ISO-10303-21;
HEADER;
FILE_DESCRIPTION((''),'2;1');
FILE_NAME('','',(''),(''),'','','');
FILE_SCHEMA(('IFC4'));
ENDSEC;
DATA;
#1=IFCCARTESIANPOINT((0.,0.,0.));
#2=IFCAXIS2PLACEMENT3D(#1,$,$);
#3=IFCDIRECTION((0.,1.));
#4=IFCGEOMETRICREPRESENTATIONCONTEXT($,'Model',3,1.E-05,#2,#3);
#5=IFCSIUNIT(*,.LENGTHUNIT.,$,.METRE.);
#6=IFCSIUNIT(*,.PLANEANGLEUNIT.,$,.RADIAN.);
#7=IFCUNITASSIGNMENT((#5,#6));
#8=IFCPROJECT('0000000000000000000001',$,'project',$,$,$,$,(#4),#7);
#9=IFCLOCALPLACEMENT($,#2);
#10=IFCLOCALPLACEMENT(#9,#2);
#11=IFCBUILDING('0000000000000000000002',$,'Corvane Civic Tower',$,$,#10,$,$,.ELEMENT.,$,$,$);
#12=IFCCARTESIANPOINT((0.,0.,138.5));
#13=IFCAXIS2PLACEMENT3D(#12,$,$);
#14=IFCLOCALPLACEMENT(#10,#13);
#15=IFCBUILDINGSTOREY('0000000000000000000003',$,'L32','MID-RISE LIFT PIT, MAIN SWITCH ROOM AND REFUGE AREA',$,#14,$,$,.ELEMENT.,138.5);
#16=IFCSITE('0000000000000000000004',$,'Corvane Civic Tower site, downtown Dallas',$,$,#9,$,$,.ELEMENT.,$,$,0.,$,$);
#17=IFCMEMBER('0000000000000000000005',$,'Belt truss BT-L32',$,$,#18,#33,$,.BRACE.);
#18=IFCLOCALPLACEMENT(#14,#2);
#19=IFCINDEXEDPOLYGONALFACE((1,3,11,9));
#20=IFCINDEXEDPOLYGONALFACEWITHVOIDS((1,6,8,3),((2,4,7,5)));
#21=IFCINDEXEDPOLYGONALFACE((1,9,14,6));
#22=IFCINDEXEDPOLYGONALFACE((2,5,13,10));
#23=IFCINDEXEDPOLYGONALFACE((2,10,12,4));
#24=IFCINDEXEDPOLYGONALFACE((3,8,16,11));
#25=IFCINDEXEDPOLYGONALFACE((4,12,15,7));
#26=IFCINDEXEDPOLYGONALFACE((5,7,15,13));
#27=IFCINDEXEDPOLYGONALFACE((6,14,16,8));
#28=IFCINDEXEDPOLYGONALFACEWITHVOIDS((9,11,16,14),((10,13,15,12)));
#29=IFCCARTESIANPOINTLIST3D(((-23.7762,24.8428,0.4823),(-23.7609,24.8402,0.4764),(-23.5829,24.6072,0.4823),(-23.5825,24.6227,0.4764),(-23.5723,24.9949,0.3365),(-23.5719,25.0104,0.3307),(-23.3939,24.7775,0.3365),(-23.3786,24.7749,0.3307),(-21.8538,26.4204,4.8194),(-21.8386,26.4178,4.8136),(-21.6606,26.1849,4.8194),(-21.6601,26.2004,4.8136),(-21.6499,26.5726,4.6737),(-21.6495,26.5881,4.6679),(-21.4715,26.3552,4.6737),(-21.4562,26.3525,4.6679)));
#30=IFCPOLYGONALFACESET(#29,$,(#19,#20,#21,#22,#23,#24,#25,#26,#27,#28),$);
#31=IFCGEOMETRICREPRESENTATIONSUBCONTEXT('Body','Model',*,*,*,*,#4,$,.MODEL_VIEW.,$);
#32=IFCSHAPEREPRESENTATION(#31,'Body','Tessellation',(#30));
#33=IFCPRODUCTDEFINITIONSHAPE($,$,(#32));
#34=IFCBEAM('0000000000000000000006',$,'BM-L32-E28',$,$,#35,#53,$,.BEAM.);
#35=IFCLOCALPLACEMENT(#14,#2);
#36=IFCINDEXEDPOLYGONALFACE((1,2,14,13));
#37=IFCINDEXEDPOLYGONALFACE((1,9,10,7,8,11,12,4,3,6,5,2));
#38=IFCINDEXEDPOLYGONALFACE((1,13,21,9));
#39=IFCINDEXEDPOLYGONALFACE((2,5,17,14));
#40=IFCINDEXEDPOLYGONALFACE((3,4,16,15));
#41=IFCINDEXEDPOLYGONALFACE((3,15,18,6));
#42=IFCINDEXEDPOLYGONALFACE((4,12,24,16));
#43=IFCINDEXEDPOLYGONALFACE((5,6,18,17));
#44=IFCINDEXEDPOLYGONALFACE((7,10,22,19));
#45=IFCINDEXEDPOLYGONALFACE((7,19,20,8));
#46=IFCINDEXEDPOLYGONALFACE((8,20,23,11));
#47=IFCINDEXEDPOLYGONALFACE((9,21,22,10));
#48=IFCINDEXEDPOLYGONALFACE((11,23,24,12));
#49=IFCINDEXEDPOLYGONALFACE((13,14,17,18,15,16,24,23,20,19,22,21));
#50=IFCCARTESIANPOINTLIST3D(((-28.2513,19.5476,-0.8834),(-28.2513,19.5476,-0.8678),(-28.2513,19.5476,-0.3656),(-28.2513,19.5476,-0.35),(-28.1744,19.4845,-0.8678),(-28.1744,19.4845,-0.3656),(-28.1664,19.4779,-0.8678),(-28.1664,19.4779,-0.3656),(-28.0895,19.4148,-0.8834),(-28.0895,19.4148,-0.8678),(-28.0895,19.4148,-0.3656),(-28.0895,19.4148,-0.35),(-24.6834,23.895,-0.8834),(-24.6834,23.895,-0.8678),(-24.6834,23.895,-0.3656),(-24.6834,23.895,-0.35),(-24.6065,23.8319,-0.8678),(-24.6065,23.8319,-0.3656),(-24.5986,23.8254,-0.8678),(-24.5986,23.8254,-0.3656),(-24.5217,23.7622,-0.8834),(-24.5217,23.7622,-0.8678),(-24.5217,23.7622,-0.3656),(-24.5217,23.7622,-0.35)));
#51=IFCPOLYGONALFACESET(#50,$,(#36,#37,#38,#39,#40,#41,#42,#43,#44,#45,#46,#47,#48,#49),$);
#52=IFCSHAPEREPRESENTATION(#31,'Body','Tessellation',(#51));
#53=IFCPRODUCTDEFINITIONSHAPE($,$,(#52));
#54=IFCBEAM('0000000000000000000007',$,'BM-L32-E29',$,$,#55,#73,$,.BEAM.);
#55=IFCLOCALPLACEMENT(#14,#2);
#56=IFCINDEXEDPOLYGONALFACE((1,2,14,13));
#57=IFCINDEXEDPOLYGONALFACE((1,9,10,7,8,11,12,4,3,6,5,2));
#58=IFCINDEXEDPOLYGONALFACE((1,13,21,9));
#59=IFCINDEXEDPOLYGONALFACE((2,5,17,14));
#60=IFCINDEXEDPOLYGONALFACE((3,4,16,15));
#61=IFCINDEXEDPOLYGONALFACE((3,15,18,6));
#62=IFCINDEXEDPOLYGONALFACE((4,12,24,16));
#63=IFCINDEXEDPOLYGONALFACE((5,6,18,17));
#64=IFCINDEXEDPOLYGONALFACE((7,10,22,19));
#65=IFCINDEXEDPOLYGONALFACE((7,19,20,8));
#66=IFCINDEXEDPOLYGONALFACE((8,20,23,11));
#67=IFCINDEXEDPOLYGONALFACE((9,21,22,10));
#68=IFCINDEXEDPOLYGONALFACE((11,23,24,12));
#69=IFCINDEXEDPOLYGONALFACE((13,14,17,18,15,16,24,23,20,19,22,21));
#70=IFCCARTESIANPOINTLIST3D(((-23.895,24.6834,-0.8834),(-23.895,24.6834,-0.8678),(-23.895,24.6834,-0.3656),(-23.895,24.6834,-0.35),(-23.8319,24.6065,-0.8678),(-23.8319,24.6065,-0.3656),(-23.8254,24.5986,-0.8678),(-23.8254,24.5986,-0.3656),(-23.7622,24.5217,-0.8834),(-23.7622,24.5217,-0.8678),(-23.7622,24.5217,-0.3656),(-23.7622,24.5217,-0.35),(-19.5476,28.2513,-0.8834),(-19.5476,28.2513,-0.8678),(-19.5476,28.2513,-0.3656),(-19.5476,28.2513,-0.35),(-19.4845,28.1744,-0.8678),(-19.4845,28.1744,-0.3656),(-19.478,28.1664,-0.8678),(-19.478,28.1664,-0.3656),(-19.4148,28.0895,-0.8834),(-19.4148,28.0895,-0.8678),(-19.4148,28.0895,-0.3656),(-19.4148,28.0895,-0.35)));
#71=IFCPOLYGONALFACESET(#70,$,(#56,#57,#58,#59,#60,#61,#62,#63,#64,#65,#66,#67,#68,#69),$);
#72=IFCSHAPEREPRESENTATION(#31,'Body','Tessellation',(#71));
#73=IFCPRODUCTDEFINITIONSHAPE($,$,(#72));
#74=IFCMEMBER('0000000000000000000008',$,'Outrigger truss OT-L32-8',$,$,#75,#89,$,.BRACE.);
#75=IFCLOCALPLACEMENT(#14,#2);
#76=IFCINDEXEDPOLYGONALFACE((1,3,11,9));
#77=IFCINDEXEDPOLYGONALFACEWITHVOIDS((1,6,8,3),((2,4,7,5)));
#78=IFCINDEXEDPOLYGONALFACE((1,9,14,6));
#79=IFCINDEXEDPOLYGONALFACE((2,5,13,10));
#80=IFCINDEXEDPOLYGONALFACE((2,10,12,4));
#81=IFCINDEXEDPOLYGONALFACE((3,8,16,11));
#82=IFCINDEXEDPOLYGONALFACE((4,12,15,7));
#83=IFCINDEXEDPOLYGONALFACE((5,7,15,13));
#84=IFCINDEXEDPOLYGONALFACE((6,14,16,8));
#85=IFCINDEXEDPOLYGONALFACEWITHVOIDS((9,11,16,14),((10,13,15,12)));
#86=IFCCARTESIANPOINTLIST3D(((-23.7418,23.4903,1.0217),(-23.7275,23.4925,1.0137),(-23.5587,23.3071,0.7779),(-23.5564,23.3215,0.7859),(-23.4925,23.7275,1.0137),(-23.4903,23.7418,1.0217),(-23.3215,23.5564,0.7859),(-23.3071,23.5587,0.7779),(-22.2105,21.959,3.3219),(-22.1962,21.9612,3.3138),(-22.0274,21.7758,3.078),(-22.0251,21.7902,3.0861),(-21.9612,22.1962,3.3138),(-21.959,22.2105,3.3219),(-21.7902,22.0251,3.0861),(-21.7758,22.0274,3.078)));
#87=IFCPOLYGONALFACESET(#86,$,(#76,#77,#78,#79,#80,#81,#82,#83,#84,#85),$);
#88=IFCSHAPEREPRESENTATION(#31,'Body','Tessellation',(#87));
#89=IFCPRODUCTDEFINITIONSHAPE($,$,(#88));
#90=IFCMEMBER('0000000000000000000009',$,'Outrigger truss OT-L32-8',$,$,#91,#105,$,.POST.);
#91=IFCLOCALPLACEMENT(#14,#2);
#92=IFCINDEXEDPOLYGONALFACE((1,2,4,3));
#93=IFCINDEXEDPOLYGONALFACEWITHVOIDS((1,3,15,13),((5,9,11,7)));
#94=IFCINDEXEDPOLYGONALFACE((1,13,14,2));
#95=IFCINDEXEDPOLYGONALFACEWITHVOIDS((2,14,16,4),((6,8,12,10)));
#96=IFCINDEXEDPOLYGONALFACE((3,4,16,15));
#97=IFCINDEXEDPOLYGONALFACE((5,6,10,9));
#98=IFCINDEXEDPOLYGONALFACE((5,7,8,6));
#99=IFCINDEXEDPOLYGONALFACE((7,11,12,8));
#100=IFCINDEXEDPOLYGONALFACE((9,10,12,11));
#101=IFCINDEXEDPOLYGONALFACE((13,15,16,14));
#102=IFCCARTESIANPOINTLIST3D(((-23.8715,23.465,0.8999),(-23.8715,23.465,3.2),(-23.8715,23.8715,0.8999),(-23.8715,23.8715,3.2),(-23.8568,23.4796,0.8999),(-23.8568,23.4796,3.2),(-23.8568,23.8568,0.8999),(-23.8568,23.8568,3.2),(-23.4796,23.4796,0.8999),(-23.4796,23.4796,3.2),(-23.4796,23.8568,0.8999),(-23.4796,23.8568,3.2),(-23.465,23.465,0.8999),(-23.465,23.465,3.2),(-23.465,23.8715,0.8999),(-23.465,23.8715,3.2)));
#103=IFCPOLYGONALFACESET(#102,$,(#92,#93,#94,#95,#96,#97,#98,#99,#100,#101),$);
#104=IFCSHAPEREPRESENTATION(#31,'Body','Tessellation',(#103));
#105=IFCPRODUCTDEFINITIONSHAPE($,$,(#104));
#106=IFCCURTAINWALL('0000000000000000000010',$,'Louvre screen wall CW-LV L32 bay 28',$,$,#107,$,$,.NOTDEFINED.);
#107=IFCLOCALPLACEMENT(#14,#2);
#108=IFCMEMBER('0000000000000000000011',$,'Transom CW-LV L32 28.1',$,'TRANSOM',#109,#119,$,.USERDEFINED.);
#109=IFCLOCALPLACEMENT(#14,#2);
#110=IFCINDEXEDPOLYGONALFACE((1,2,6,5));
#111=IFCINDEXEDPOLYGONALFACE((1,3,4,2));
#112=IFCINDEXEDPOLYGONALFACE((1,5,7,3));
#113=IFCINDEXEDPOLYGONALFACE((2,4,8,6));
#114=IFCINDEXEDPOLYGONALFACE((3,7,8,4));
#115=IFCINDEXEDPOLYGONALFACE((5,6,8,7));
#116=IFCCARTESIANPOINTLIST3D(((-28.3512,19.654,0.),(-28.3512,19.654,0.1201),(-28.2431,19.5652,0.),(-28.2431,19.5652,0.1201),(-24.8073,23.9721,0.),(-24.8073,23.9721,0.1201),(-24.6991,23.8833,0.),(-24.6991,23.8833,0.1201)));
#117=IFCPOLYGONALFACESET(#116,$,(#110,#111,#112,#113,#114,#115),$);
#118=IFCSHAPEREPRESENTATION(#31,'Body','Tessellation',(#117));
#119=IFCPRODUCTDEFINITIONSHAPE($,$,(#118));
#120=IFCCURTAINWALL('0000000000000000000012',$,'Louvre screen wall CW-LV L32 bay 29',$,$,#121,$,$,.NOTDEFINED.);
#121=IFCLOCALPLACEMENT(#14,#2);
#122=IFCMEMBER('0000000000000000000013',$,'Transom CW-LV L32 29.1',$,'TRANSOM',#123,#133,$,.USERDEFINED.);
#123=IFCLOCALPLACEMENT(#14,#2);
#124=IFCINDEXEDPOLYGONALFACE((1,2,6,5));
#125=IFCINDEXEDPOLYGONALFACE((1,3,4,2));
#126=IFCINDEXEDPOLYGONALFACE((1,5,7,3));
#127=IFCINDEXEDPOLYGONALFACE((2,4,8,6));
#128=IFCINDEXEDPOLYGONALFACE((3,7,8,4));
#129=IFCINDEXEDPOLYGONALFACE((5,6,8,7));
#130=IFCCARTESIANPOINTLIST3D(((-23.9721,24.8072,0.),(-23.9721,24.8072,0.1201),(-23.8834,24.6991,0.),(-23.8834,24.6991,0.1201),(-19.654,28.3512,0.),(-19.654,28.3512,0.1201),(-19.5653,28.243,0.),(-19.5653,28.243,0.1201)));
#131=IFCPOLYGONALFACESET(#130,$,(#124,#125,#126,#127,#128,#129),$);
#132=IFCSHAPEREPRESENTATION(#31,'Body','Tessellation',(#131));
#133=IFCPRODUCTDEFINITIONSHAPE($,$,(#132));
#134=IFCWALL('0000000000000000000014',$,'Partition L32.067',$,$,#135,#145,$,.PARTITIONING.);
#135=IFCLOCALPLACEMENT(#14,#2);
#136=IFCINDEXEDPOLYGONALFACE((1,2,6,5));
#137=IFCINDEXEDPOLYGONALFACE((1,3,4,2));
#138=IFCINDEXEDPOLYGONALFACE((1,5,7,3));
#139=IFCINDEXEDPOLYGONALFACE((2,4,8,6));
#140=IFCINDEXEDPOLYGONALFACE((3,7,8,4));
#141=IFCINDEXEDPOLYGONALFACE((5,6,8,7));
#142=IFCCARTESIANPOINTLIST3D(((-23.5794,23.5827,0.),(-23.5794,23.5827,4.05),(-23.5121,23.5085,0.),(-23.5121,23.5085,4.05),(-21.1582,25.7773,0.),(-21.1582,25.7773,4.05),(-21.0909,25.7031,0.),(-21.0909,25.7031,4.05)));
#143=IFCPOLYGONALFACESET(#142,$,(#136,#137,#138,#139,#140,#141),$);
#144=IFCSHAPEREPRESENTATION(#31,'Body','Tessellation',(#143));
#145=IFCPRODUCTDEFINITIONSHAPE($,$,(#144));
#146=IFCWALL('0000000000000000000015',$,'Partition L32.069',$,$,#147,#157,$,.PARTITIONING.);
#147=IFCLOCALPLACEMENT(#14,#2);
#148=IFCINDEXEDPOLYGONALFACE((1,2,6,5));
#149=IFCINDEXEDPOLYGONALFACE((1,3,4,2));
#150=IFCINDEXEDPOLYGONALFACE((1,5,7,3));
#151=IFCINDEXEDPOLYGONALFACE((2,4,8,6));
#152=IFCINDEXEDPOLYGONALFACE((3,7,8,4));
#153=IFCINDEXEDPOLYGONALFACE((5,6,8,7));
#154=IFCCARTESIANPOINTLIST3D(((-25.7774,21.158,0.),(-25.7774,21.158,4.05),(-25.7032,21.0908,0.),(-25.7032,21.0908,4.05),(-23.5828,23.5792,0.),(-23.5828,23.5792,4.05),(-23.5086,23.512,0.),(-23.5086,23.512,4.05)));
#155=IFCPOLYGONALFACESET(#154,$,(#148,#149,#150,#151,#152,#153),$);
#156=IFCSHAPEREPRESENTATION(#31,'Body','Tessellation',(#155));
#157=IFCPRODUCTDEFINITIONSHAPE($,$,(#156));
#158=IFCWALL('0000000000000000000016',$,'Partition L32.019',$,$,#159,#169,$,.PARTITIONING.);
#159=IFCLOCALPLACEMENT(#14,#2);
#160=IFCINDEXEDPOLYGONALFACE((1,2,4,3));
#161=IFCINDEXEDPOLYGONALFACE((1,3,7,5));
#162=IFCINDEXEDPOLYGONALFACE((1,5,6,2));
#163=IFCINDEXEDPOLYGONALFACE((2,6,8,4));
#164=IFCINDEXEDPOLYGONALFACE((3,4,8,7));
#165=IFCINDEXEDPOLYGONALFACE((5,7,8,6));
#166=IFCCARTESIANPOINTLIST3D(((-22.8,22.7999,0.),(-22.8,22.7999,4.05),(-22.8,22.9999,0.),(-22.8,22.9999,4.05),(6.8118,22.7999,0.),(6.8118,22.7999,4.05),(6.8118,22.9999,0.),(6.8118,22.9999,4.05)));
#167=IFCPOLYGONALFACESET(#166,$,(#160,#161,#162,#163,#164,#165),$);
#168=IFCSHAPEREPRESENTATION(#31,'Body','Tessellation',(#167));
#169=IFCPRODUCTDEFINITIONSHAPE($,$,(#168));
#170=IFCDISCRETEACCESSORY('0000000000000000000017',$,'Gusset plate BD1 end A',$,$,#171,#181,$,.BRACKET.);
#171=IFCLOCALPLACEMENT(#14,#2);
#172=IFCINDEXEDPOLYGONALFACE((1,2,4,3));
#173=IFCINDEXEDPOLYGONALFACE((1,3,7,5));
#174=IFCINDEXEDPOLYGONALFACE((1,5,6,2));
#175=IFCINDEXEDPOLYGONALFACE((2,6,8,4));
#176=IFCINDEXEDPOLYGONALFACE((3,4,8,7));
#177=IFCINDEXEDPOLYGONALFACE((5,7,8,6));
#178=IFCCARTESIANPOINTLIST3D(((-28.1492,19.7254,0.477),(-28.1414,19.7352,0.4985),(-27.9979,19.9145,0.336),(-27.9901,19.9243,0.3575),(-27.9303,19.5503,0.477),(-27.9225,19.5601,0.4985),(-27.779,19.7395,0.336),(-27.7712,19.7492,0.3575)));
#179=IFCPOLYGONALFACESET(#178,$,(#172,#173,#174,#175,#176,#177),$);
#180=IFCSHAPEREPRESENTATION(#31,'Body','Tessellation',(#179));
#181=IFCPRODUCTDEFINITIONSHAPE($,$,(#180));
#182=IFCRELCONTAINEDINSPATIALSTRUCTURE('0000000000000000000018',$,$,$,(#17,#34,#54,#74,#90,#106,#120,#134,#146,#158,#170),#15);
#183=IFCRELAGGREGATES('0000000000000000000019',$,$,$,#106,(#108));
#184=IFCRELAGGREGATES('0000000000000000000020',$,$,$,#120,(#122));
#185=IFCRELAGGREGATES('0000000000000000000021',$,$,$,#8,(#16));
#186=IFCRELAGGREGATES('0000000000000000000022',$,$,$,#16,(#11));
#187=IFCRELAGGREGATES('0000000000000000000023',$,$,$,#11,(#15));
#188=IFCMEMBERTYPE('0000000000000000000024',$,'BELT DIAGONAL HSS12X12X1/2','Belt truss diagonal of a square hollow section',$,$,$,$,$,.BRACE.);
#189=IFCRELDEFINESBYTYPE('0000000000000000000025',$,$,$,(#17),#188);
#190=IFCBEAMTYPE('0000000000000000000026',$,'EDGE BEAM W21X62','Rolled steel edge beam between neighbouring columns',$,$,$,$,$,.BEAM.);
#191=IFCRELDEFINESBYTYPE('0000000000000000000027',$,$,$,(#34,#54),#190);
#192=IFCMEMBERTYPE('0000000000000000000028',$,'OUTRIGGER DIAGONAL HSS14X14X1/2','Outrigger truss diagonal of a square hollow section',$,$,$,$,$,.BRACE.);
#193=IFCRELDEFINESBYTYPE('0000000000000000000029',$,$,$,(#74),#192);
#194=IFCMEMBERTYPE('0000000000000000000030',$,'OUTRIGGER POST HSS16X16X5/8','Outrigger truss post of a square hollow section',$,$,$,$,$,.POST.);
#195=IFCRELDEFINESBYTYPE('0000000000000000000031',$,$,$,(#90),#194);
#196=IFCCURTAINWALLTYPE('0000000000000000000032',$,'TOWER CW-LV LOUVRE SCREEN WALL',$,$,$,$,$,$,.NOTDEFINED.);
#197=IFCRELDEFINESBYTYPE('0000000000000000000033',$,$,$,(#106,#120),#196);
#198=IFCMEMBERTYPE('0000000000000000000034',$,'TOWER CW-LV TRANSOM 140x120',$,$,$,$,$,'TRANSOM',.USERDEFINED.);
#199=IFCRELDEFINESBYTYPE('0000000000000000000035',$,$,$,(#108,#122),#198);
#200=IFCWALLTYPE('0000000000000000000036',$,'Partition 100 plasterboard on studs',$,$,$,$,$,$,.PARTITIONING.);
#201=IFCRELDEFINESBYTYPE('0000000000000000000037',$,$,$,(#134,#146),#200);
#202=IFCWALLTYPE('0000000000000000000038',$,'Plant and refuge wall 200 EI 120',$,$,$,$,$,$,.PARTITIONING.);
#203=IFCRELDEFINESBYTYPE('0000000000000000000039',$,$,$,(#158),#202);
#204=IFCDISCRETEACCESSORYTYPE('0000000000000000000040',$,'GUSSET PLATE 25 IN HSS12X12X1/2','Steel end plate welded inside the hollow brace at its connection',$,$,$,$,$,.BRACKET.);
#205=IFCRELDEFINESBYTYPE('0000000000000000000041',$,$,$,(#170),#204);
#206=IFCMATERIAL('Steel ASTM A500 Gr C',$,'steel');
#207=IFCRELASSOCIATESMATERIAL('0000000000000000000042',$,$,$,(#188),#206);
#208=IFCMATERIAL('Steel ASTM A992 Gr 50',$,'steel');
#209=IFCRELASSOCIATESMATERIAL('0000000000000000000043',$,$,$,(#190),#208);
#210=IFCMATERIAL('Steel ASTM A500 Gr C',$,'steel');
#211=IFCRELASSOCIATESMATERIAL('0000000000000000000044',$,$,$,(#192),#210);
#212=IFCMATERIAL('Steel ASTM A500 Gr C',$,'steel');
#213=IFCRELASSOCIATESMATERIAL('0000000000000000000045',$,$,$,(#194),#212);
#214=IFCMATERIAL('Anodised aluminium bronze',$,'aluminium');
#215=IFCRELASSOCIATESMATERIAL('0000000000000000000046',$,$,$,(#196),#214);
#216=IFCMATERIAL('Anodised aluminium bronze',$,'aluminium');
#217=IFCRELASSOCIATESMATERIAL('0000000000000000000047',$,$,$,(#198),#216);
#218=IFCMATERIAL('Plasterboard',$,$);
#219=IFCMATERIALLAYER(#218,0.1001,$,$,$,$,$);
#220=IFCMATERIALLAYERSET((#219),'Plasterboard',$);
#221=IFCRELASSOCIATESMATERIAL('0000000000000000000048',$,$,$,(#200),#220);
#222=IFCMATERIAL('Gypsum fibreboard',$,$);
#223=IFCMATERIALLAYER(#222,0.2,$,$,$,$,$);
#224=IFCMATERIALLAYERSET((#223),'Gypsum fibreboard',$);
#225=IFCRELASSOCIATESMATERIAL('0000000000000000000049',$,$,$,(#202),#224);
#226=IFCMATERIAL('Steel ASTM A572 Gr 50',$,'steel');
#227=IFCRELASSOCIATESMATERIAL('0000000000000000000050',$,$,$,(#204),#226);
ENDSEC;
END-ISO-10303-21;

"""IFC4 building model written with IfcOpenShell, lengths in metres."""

from ifc_helpers import new_model, si_unit, direction, frame, frame_2d, origin, origin_2d, place, context, subcontext, project, spatial, rectangle, hollow_rectangle, i_section, extrude, material, layer, layer_set, material_profile, profile_set, type_object, element, aggregate, save


model = new_model("IFC4")

# Units and contexts
model_context = context("Model", 3, precision=1e-05, world=origin(), true_north=direction((0.0, 1.0)))
body_context = subcontext(model_context, "Body", "Model", "MODEL_VIEW")
ifc_project = project(units=[si_unit("LENGTHUNIT", "METRE"), si_unit("PLANEANGLEUNIT", "RADIAN")], contexts=[model_context])

# Site, building, storey
site_placement = place(None, origin())
site = spatial("IfcSite", under=ifc_project, at=site_placement, Name="Corvane Civic Tower site, downtown Dallas", CompositionType="ELEMENT", RefElevation=0.0)
building_placement = place(site_placement, origin())
building = spatial("IfcBuilding", under=site, at=building_placement, Name="Corvane Civic Tower", CompositionType="ELEMENT")
storey_placement = place(building_placement, frame((0.0, 0.0, 138.5)))
storey = spatial("IfcBuildingStorey", under=building, at=storey_placement, Name="L32", Description="MID-RISE LIFT PIT, MAIN SWITCH ROOM AND REFUGE AREA", CompositionType="ELEMENT", Elevation=138.5)

# Member
ifc_material_1 = material(Name="Steel ASTM A500 Gr C", Category="steel")
ifc_material_profile_1 = material_profile(ifc_material_1, hollow_rectangle(XDim=0.3047, YDim=0.3047, WallThickness=0.0117, at=origin_2d()), Name="HSS12X12X1/2")
ifc_profile_set_1 = profile_set([ifc_material_profile_1], Name="Steel ASTM A500 Gr C")
member_type_1 = type_object("IfcMemberType", Name="BELT DIAGONAL HSS12X12X1/2", Description="Belt truss diagonal of a square hollow section", PredefinedType="BRACE", material=ifc_profile_set_1)
for number, where, z_axis, x_axis, name in (
    (1, (-23.5774, 24.8088, 0.4065), (0.384508, 0.315557, 0.867512), (-0.634392, 0.773012, 0.0), "Belt truss BT-L32"),
):
    element("IfcMember", number, at=place(storey_placement, frame(where, z_axis=z_axis, x_axis=x_axis)), inside=storey, type_object=member_type_1, Name=name, PredefinedType="BRACE", context=body_context, shape_type="SweptSolid", body=[
        extrude(hollow_rectangle(XDim=0.3047, YDim=0.3047, WallThickness=0.0117, at=origin_2d()), origin(), (0.0, 0.0, 1.0), 4.9995),
    ])

# Beams
ifc_material_2 = material(Name="Steel ASTM A992 Gr 50", Category="steel")
ifc_material_profile_2 = material_profile(ifc_material_2, i_section(OverallWidth=0.2092, OverallDepth=0.5334, WebThickness=0.0103, FlangeThickness=0.0156, at=origin_2d()), Name="W21X62")
ifc_profile_set_2 = profile_set([ifc_material_profile_2], Name="Steel ASTM A992 Gr 50")
beam_type = type_object("IfcBeamType", Name="EDGE BEAM W21X62", Description="Rolled steel edge beam between neighbouring columns", PredefinedType="BEAM", material=ifc_profile_set_2)
for number, where, z_axis, x_axis, name in (
    (2, (-28.1704, 19.4812, -0.6167), (0.634398, 0.773007, 0.0), (-0.773007, 0.634398, 0.0), "BM-L32-E28"),
    (3, (-23.8286, 24.6025, -0.6167), (0.773007, 0.634398, 0.0), (-0.634398, 0.773007, 0.0), "BM-L32-E29"),
):
    element("IfcBeam", number, at=place(storey_placement, frame(where, z_axis=z_axis, x_axis=x_axis)), inside=storey, type_object=beam_type, Name=name, PredefinedType="BEAM", context=body_context, shape_type="SweptSolid", body=[
        extrude(i_section(OverallWidth=0.2092, OverallDepth=0.5334, WebThickness=0.0103, FlangeThickness=0.0156, at=origin_2d()), origin(), (0.0, 0.0, 1.0), 5.624),
    ])

# Members
ifc_material_3 = material(Name="Steel ASTM A500 Gr C", Category="steel")
ifc_material_profile_3 = material_profile(ifc_material_3, hollow_rectangle(XDim=0.3557, YDim=0.3557, WallThickness=0.0117, at=origin_2d()), Name="HSS14X14X1/2")
ifc_profile_set_3 = profile_set([ifc_material_profile_3], Name="Steel ASTM A500 Gr C")
member_type_2 = type_object("IfcMemberType", Name="OUTRIGGER DIAGONAL HSS14X14X1/2", Description="Outrigger truss diagonal of a square hollow section", PredefinedType="BRACE", material=ifc_profile_set_3)
member_1_placement = place(storey_placement, frame((-21.9932, 21.9932, 3.2), z_axis=(-0.484717, 0.484717, -0.728079), x_axis=(-0.707107, -0.707107, 0.0)))
element("IfcMember", 4, at=member_1_placement, inside=storey, type_object=member_type_2, Name="Outrigger truss OT-L32-8", PredefinedType="BRACE", context=body_context, shape_type="SweptSolid", body=[
    extrude(hollow_rectangle(XDim=0.3557, YDim=0.3557, WallThickness=0.0117, at=origin_2d()), origin(), (0.0, 0.0, 1.0), 3.1592),
])
ifc_material_4 = material(Name="Steel ASTM A500 Gr C", Category="steel")
ifc_material_profile_4 = material_profile(ifc_material_4, hollow_rectangle(XDim=0.4065, YDim=0.4065, WallThickness=0.0146, at=origin_2d()), Name="HSS16X16X5/8")
ifc_profile_set_4 = profile_set([ifc_material_profile_4], Name="Steel ASTM A500 Gr C")
member_type_3 = type_object("IfcMemberType", Name="OUTRIGGER POST HSS16X16X5/8", Description="Outrigger truss post of a square hollow section", PredefinedType="POST", material=ifc_profile_set_4)
member_2_placement = place(storey_placement, frame((-23.6682, 23.6682, 0.8999), z_axis=(0.0, 0.0, 1.0), x_axis=(1.0, 0.0, 0.0)))
element("IfcMember", 5, at=member_2_placement, inside=storey, type_object=member_type_3, Name="Outrigger truss OT-L32-8", PredefinedType="POST", context=body_context, shape_type="SweptSolid", body=[
    extrude(hollow_rectangle(XDim=0.4065, YDim=0.4065, WallThickness=0.0146, at=origin_2d()), origin(), (0.0, 0.0, 1.0), 2.3),
])

# Curtain walls, members
ifc_material_5 = material(Name="Anodised aluminium bronze", Category="aluminium")
curtain_wall_type = type_object("IfcCurtainWallType", Name="TOWER CW-LV LOUVRE SCREEN WALL", PredefinedType="NOTDEFINED", material=ifc_material_5)
curtain_wall_1_placement = place(storey_placement, origin())
curtain_wall_1 = element("IfcCurtainWall", 6, at=curtain_wall_1_placement, inside=storey, type_object=curtain_wall_type, Name="Louvre screen wall CW-LV L32 bay 28", PredefinedType="NOTDEFINED")
ifc_material_6 = material(Name="Anodised aluminium bronze", Category="aluminium")
ifc_material_profile_5 = material_profile(ifc_material_6, rectangle(XDim=0.1399, YDim=0.1201, at=origin_2d()), Name="TOWER CW-LV TRANSOM 140x120")
ifc_profile_set_5 = profile_set([ifc_material_profile_5], Name="Anodised aluminium bronze")
member_type_4 = type_object("IfcMemberType", Name="TOWER CW-LV TRANSOM 140x120", ElementType="TRANSOM", PredefinedType="USERDEFINED", material=ifc_profile_set_5)
member_3_placement = place(storey_placement, frame((-28.2971, 19.6096, 0.0601), z_axis=(0.63441, 0.772996, 0.0), x_axis=(-0.772996, 0.63441, 0.0)))
member_3 = element("IfcMember", 7, at=member_3_placement, type_object=member_type_4, Name="Transom CW-LV L32 28.1", ObjectType="TRANSOM", PredefinedType="USERDEFINED", context=body_context, shape_type="SweptSolid", body=[
    extrude(rectangle(XDim=0.1399, YDim=0.1201, at=origin_2d()), origin(), (0.0, 0.0, 1.0), 5.5862),
])
curtain_wall_2_placement = place(storey_placement, origin())
curtain_wall_2 = element("IfcCurtainWall", 8, at=curtain_wall_2_placement, inside=storey, type_object=curtain_wall_type, Name="Louvre screen wall CW-LV L32 bay 29", PredefinedType="NOTDEFINED")
member_4_placement = place(storey_placement, frame((-23.9277, 24.7532, 0.0601), z_axis=(0.772996, 0.63441, 0.0), x_axis=(-0.63441, 0.772996, 0.0)))
member_4 = element("IfcMember", 9, at=member_4_placement, type_object=member_type_4, Name="Transom CW-LV L32 29.1", ObjectType="TRANSOM", PredefinedType="USERDEFINED", context=body_context, shape_type="SweptSolid", body=[
    extrude(rectangle(XDim=0.1399, YDim=0.1201, at=origin_2d()), origin(), (0.0, 0.0, 1.0), 5.5862),
])

# Walls
ifc_material_7 = material(Name="Plasterboard")
ifc_layer_1 = layer(ifc_material_7, 0.1001)
ifc_layer_set_1 = layer_set([ifc_layer_1], Name="Plasterboard")
wall_type_1 = type_object("IfcWallType", Name="Partition 100 plasterboard on studs", PredefinedType="PARTITIONING", material=ifc_layer_set_1)
for number, where, z_axis, x_axis, name in (
    (10, (-23.5457, 23.5457, 0.0), (0.0, 0.0, 1.0), (0.740923, 0.67159, 0.0), "Partition L32.067"),
    (11, (-25.7402, 21.1245, 0.0), (0.0, 0.0, 1.0), (0.67159, 0.740923, 0.0), "Partition L32.069"),
):
    element("IfcWall", number, at=place(storey_placement, frame(where, z_axis=z_axis, x_axis=x_axis)), inside=storey, type_object=wall_type_1, Name=name, PredefinedType="PARTITIONING", context=body_context, shape_type="SweptSolid", body=[
        extrude(rectangle(XDim=3.2678, YDim=0.1001, at=frame_2d((1.6338, 0.0))), origin(), (0.0, 0.0, 1.0), 4.05),
    ])
ifc_material_8 = material(Name="Gypsum fibreboard")
ifc_layer_2 = layer(ifc_material_8, 0.2)
ifc_layer_set_2 = layer_set([ifc_layer_2], Name="Gypsum fibreboard")
wall_type_2 = type_object("IfcWallType", Name="Plant and refuge wall 200 EI 120", PredefinedType="PARTITIONING", material=ifc_layer_set_2)
wall_placement = place(storey_placement, frame((-22.8, 22.8999, 0.0), z_axis=(0.0, 0.0, 1.0), x_axis=(1.0, 0.0, 0.0)))
element("IfcWall", 12, at=wall_placement, inside=storey, type_object=wall_type_2, Name="Partition L32.019", PredefinedType="PARTITIONING", context=body_context, shape_type="SweptSolid", body=[
    extrude(rectangle(XDim=29.6118, YDim=0.2, at=frame_2d((14.8059, 0.0))), origin(), (0.0, 0.0, 1.0), 4.05),
])

aggregate(curtain_wall_1, [member_3])
aggregate(curtain_wall_2, [member_4])

# Discrete accessory
ifc_material_9 = material(Name="Steel ASTM A572 Gr 50", Category="steel")
ifc_material_profile_6 = material_profile(ifc_material_9, rectangle(XDim=0.2803, YDim=0.2803, at=origin_2d()), Name="GUSSET PLATE 25 IN HSS12X12X1/2")
ifc_profile_set_6 = profile_set([ifc_material_profile_6], Name="Steel ASTM A572 Gr 50")
discrete_accessory_type_1 = type_object("IfcDiscreteAccessoryType", Name="GUSSET PLATE 25 IN HSS12X12X1/2", Description="Steel end plate welded inside the hollow brace at its connection", PredefinedType="BRACKET", material=ifc_profile_set_6)
discrete_accessory_1_placement = place(storey_placement, frame((-27.9641, 19.7324, 0.4065), z_axis=(0.31427, 0.392837, 0.864242), x_axis=(-0.780869, 0.624695, 0.0)))
element("IfcDiscreteAccessory", 13, at=discrete_accessory_1_placement, inside=storey, type_object=discrete_accessory_type_1, Name="Gusset plate BD1 end A", PredefinedType="BRACKET", context=body_context, shape_type="SweptSolid", body=[
    extrude(rectangle(XDim=0.2803, YDim=0.2803, at=origin_2d()), origin(), (0.0, 0.0, 1.0), 0.0249),
])

save(model, "model.ifc")
